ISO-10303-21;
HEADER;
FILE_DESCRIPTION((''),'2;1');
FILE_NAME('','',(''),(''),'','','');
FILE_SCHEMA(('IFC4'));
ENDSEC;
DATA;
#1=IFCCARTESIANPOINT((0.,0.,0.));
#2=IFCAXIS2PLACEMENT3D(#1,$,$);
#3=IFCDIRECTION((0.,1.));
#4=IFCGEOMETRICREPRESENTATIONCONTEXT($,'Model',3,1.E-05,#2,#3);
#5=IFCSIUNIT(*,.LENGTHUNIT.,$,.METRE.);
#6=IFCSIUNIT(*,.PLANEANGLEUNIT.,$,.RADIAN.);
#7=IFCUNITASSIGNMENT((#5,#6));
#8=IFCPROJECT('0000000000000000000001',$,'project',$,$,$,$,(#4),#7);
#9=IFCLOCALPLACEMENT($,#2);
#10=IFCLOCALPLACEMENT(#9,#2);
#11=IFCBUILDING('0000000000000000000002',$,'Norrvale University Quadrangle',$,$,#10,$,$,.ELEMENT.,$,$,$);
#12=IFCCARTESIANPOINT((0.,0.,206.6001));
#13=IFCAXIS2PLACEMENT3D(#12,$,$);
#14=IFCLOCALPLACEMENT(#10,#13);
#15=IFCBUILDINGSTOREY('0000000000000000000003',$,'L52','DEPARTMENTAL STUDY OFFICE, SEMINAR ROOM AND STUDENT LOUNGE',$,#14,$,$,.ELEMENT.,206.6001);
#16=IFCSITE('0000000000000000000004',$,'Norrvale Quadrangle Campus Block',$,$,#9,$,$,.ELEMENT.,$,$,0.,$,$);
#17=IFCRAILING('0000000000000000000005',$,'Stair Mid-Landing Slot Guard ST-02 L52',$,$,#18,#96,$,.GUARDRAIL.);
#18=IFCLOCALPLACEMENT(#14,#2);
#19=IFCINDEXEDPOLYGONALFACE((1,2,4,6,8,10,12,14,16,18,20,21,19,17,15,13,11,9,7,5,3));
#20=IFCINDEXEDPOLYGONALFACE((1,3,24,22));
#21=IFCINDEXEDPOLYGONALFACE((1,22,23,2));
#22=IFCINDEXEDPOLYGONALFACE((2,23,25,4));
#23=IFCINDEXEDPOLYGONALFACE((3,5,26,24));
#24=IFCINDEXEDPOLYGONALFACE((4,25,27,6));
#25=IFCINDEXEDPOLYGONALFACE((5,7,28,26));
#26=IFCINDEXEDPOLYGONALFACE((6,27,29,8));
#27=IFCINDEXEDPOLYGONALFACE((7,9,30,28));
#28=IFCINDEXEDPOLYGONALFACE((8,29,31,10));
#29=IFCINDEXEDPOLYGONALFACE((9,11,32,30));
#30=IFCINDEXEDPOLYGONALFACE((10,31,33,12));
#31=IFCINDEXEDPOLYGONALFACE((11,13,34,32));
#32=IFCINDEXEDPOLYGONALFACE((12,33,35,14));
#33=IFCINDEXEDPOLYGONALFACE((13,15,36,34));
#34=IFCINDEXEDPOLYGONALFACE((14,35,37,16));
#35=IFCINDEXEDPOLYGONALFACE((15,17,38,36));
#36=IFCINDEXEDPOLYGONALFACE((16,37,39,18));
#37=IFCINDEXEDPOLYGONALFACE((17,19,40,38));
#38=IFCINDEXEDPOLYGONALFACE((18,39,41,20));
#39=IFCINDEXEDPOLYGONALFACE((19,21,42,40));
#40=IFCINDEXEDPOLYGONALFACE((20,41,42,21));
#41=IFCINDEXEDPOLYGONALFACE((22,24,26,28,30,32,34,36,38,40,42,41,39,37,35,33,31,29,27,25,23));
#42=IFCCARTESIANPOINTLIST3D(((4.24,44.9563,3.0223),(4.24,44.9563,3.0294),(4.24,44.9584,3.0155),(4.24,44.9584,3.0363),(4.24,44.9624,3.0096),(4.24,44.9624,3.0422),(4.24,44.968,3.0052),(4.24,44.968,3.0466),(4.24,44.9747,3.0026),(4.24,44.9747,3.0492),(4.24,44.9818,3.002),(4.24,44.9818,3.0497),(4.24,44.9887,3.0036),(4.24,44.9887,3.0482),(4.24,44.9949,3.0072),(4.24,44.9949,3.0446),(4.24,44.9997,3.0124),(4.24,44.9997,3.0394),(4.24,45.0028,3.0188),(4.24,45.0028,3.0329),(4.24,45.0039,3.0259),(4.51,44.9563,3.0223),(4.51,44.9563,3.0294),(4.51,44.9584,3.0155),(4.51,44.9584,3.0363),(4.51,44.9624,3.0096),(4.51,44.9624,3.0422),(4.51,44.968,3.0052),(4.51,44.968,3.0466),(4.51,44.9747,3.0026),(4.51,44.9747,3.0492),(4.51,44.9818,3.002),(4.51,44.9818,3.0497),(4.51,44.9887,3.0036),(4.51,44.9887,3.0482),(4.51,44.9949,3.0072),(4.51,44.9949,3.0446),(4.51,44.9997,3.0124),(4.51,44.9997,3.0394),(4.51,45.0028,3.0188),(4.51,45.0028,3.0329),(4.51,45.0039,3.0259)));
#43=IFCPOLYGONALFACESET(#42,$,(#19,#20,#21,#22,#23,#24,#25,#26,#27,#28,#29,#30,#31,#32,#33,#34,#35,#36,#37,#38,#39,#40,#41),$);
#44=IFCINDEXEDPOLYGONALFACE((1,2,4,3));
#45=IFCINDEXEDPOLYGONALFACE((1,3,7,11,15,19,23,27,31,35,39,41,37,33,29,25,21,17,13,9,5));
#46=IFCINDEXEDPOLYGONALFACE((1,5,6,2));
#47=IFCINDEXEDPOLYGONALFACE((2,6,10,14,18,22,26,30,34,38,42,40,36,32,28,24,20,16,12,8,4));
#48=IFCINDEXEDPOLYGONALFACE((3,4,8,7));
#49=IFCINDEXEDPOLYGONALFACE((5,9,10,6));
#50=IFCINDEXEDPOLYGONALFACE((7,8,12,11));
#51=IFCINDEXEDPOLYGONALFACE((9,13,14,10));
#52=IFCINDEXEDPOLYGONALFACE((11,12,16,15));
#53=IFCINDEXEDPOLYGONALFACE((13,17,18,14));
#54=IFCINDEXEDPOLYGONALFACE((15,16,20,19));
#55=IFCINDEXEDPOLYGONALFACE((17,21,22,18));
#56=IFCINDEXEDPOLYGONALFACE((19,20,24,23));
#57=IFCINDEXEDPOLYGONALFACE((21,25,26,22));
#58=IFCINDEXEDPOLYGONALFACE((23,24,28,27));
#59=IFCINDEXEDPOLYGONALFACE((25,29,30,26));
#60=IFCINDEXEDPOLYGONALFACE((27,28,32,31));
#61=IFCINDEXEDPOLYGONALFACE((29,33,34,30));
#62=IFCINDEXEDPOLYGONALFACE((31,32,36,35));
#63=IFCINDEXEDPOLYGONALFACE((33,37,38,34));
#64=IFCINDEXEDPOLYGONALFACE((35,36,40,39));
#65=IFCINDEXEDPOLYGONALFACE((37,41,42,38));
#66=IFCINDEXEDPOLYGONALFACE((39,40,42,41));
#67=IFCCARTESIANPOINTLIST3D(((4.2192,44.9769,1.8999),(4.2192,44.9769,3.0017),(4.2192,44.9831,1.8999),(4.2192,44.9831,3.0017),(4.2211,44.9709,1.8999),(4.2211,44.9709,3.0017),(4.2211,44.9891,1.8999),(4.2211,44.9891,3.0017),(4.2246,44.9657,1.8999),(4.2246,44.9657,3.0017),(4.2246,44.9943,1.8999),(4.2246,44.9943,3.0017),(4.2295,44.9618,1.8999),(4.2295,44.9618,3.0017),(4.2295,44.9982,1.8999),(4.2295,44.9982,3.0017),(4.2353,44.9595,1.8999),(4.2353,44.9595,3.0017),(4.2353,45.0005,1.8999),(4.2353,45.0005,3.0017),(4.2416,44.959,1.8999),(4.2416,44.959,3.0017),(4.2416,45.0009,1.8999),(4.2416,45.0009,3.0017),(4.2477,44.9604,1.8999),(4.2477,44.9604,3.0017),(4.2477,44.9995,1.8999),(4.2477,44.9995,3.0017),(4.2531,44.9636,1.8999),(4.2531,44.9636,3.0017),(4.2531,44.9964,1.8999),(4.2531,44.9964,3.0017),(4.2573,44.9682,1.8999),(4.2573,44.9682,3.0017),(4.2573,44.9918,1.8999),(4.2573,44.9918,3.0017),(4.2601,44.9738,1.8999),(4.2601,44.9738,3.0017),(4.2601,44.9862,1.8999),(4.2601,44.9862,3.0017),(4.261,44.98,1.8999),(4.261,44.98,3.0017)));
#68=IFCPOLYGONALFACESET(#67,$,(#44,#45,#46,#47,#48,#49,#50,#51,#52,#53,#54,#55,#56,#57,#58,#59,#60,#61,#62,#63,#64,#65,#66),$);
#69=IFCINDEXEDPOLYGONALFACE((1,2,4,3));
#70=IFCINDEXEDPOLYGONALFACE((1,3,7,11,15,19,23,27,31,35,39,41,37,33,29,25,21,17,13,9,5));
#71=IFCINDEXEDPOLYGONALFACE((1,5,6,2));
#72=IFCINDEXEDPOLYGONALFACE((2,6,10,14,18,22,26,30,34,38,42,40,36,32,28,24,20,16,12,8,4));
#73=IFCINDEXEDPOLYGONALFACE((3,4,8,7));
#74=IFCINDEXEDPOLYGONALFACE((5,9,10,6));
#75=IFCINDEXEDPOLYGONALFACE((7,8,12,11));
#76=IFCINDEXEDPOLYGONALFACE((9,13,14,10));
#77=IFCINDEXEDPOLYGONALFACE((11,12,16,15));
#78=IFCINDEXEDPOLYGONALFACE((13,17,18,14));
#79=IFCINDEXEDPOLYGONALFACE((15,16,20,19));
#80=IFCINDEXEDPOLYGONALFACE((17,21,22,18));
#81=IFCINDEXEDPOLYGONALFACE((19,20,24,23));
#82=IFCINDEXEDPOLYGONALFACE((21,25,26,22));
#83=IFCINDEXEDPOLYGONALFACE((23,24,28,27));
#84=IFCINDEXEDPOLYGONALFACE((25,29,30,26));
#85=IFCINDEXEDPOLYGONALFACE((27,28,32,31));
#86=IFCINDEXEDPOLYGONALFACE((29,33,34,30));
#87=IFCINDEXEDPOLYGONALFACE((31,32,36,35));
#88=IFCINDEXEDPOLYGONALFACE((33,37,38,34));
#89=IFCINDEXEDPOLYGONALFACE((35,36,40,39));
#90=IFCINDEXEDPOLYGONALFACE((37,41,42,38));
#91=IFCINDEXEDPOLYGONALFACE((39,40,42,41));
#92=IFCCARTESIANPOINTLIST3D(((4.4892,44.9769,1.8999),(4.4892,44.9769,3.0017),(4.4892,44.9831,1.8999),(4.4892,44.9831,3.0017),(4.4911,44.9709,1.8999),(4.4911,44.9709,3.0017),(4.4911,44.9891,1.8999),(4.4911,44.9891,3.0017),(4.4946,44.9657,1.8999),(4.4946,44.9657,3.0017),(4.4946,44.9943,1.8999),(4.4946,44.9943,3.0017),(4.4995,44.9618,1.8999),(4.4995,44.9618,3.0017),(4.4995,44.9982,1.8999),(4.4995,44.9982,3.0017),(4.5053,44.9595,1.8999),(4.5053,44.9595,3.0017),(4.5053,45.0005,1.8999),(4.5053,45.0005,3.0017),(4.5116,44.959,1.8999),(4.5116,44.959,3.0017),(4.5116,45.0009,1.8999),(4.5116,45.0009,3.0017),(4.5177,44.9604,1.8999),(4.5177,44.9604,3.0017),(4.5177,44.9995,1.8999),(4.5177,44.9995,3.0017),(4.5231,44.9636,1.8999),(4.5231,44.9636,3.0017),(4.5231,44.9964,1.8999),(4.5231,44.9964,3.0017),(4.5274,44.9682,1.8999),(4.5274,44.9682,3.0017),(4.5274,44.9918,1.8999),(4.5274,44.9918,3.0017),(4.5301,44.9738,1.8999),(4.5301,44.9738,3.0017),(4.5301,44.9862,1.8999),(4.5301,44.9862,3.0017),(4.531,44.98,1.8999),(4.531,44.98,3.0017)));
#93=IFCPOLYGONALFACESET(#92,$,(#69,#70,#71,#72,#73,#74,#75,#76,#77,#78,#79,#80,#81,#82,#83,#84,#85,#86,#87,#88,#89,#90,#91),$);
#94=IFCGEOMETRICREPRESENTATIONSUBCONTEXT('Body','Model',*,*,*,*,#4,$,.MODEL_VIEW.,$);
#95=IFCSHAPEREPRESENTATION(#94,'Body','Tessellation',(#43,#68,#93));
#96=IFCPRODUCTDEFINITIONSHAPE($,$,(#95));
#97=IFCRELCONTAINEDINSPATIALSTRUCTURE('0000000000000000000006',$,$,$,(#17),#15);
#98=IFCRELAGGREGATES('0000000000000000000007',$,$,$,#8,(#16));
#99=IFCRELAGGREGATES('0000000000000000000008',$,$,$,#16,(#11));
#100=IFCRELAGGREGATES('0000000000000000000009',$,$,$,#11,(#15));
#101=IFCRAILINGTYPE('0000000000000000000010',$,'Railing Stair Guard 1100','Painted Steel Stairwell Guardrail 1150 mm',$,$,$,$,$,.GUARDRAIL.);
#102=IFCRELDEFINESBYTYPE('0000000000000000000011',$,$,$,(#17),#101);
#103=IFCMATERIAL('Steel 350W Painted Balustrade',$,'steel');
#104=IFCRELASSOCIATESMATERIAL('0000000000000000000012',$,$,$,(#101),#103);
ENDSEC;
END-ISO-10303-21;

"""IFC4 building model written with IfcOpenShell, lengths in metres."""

from ifc_helpers import new_model, si_unit, direction, frame, origin, origin_2d, place, context, subcontext, project, spatial, circle, extrude, material, type_object, element, save


model = new_model("IFC4")

# Units and contexts
model_context = context("Model", 3, precision=1e-05, world=origin(), true_north=direction((0.0, 1.0)))
body_context = subcontext(model_context, "Body", "Model", "MODEL_VIEW")
ifc_project = project(units=[si_unit("LENGTHUNIT", "METRE"), si_unit("PLANEANGLEUNIT", "RADIAN")], contexts=[model_context])

# Site, building, storey
site_placement = place(None, origin())
site = spatial("IfcSite", under=ifc_project, at=site_placement, Name="Norrvale Quadrangle Campus Block", CompositionType="ELEMENT", RefElevation=0.0)
building_placement = place(site_placement, origin())
building = spatial("IfcBuilding", under=site, at=building_placement, Name="Norrvale University Quadrangle", CompositionType="ELEMENT")
storey_placement = place(building_placement, frame((0.0, 0.0, 206.6001)))
storey = spatial("IfcBuildingStorey", under=building, at=storey_placement, Name="L52", Description="DEPARTMENTAL STUDY OFFICE, SEMINAR ROOM AND STUDENT LOUNGE", CompositionType="ELEMENT", Elevation=206.6001)

# Railing
ifc_material_1 = material(Name="Steel 350W Painted Balustrade", Category="steel")
railing_type_1 = type_object("IfcRailingType", Name="Railing Stair Guard 1100", Description="Painted Steel Stairwell Guardrail 1150 mm", PredefinedType="GUARDRAIL", material=ifc_material_1)
railing_1_placement = place(storey_placement, frame((4.24, 44.98, 1.8999)))
element("IfcRailing", 1, at=railing_1_placement, inside=storey, type_object=railing_type_1, Name="Stair Mid-Landing Slot Guard ST-02 L52", PredefinedType="GUARDRAIL", context=body_context, shape_type="SweptSolid", body=[
    extrude(circle(Radius=0.0239, at=origin_2d()), frame((0.0, 0.0, 1.126), z_axis=(1.0, 0.0, 0.0), x_axis=(0.0, 1.0, 0.0)), (0.0, 0.0, 1.0), 0.27),
    extrude(circle(Radius=0.021, at=origin_2d()), origin(), (0.0, 0.0, 1.0), 1.1018),
    extrude(circle(Radius=0.021, at=origin_2d()), frame((0.27, 0.0, 0.0)), (0.0, 0.0, 1.0), 1.1018),
])

save(model, "model.ifc")
